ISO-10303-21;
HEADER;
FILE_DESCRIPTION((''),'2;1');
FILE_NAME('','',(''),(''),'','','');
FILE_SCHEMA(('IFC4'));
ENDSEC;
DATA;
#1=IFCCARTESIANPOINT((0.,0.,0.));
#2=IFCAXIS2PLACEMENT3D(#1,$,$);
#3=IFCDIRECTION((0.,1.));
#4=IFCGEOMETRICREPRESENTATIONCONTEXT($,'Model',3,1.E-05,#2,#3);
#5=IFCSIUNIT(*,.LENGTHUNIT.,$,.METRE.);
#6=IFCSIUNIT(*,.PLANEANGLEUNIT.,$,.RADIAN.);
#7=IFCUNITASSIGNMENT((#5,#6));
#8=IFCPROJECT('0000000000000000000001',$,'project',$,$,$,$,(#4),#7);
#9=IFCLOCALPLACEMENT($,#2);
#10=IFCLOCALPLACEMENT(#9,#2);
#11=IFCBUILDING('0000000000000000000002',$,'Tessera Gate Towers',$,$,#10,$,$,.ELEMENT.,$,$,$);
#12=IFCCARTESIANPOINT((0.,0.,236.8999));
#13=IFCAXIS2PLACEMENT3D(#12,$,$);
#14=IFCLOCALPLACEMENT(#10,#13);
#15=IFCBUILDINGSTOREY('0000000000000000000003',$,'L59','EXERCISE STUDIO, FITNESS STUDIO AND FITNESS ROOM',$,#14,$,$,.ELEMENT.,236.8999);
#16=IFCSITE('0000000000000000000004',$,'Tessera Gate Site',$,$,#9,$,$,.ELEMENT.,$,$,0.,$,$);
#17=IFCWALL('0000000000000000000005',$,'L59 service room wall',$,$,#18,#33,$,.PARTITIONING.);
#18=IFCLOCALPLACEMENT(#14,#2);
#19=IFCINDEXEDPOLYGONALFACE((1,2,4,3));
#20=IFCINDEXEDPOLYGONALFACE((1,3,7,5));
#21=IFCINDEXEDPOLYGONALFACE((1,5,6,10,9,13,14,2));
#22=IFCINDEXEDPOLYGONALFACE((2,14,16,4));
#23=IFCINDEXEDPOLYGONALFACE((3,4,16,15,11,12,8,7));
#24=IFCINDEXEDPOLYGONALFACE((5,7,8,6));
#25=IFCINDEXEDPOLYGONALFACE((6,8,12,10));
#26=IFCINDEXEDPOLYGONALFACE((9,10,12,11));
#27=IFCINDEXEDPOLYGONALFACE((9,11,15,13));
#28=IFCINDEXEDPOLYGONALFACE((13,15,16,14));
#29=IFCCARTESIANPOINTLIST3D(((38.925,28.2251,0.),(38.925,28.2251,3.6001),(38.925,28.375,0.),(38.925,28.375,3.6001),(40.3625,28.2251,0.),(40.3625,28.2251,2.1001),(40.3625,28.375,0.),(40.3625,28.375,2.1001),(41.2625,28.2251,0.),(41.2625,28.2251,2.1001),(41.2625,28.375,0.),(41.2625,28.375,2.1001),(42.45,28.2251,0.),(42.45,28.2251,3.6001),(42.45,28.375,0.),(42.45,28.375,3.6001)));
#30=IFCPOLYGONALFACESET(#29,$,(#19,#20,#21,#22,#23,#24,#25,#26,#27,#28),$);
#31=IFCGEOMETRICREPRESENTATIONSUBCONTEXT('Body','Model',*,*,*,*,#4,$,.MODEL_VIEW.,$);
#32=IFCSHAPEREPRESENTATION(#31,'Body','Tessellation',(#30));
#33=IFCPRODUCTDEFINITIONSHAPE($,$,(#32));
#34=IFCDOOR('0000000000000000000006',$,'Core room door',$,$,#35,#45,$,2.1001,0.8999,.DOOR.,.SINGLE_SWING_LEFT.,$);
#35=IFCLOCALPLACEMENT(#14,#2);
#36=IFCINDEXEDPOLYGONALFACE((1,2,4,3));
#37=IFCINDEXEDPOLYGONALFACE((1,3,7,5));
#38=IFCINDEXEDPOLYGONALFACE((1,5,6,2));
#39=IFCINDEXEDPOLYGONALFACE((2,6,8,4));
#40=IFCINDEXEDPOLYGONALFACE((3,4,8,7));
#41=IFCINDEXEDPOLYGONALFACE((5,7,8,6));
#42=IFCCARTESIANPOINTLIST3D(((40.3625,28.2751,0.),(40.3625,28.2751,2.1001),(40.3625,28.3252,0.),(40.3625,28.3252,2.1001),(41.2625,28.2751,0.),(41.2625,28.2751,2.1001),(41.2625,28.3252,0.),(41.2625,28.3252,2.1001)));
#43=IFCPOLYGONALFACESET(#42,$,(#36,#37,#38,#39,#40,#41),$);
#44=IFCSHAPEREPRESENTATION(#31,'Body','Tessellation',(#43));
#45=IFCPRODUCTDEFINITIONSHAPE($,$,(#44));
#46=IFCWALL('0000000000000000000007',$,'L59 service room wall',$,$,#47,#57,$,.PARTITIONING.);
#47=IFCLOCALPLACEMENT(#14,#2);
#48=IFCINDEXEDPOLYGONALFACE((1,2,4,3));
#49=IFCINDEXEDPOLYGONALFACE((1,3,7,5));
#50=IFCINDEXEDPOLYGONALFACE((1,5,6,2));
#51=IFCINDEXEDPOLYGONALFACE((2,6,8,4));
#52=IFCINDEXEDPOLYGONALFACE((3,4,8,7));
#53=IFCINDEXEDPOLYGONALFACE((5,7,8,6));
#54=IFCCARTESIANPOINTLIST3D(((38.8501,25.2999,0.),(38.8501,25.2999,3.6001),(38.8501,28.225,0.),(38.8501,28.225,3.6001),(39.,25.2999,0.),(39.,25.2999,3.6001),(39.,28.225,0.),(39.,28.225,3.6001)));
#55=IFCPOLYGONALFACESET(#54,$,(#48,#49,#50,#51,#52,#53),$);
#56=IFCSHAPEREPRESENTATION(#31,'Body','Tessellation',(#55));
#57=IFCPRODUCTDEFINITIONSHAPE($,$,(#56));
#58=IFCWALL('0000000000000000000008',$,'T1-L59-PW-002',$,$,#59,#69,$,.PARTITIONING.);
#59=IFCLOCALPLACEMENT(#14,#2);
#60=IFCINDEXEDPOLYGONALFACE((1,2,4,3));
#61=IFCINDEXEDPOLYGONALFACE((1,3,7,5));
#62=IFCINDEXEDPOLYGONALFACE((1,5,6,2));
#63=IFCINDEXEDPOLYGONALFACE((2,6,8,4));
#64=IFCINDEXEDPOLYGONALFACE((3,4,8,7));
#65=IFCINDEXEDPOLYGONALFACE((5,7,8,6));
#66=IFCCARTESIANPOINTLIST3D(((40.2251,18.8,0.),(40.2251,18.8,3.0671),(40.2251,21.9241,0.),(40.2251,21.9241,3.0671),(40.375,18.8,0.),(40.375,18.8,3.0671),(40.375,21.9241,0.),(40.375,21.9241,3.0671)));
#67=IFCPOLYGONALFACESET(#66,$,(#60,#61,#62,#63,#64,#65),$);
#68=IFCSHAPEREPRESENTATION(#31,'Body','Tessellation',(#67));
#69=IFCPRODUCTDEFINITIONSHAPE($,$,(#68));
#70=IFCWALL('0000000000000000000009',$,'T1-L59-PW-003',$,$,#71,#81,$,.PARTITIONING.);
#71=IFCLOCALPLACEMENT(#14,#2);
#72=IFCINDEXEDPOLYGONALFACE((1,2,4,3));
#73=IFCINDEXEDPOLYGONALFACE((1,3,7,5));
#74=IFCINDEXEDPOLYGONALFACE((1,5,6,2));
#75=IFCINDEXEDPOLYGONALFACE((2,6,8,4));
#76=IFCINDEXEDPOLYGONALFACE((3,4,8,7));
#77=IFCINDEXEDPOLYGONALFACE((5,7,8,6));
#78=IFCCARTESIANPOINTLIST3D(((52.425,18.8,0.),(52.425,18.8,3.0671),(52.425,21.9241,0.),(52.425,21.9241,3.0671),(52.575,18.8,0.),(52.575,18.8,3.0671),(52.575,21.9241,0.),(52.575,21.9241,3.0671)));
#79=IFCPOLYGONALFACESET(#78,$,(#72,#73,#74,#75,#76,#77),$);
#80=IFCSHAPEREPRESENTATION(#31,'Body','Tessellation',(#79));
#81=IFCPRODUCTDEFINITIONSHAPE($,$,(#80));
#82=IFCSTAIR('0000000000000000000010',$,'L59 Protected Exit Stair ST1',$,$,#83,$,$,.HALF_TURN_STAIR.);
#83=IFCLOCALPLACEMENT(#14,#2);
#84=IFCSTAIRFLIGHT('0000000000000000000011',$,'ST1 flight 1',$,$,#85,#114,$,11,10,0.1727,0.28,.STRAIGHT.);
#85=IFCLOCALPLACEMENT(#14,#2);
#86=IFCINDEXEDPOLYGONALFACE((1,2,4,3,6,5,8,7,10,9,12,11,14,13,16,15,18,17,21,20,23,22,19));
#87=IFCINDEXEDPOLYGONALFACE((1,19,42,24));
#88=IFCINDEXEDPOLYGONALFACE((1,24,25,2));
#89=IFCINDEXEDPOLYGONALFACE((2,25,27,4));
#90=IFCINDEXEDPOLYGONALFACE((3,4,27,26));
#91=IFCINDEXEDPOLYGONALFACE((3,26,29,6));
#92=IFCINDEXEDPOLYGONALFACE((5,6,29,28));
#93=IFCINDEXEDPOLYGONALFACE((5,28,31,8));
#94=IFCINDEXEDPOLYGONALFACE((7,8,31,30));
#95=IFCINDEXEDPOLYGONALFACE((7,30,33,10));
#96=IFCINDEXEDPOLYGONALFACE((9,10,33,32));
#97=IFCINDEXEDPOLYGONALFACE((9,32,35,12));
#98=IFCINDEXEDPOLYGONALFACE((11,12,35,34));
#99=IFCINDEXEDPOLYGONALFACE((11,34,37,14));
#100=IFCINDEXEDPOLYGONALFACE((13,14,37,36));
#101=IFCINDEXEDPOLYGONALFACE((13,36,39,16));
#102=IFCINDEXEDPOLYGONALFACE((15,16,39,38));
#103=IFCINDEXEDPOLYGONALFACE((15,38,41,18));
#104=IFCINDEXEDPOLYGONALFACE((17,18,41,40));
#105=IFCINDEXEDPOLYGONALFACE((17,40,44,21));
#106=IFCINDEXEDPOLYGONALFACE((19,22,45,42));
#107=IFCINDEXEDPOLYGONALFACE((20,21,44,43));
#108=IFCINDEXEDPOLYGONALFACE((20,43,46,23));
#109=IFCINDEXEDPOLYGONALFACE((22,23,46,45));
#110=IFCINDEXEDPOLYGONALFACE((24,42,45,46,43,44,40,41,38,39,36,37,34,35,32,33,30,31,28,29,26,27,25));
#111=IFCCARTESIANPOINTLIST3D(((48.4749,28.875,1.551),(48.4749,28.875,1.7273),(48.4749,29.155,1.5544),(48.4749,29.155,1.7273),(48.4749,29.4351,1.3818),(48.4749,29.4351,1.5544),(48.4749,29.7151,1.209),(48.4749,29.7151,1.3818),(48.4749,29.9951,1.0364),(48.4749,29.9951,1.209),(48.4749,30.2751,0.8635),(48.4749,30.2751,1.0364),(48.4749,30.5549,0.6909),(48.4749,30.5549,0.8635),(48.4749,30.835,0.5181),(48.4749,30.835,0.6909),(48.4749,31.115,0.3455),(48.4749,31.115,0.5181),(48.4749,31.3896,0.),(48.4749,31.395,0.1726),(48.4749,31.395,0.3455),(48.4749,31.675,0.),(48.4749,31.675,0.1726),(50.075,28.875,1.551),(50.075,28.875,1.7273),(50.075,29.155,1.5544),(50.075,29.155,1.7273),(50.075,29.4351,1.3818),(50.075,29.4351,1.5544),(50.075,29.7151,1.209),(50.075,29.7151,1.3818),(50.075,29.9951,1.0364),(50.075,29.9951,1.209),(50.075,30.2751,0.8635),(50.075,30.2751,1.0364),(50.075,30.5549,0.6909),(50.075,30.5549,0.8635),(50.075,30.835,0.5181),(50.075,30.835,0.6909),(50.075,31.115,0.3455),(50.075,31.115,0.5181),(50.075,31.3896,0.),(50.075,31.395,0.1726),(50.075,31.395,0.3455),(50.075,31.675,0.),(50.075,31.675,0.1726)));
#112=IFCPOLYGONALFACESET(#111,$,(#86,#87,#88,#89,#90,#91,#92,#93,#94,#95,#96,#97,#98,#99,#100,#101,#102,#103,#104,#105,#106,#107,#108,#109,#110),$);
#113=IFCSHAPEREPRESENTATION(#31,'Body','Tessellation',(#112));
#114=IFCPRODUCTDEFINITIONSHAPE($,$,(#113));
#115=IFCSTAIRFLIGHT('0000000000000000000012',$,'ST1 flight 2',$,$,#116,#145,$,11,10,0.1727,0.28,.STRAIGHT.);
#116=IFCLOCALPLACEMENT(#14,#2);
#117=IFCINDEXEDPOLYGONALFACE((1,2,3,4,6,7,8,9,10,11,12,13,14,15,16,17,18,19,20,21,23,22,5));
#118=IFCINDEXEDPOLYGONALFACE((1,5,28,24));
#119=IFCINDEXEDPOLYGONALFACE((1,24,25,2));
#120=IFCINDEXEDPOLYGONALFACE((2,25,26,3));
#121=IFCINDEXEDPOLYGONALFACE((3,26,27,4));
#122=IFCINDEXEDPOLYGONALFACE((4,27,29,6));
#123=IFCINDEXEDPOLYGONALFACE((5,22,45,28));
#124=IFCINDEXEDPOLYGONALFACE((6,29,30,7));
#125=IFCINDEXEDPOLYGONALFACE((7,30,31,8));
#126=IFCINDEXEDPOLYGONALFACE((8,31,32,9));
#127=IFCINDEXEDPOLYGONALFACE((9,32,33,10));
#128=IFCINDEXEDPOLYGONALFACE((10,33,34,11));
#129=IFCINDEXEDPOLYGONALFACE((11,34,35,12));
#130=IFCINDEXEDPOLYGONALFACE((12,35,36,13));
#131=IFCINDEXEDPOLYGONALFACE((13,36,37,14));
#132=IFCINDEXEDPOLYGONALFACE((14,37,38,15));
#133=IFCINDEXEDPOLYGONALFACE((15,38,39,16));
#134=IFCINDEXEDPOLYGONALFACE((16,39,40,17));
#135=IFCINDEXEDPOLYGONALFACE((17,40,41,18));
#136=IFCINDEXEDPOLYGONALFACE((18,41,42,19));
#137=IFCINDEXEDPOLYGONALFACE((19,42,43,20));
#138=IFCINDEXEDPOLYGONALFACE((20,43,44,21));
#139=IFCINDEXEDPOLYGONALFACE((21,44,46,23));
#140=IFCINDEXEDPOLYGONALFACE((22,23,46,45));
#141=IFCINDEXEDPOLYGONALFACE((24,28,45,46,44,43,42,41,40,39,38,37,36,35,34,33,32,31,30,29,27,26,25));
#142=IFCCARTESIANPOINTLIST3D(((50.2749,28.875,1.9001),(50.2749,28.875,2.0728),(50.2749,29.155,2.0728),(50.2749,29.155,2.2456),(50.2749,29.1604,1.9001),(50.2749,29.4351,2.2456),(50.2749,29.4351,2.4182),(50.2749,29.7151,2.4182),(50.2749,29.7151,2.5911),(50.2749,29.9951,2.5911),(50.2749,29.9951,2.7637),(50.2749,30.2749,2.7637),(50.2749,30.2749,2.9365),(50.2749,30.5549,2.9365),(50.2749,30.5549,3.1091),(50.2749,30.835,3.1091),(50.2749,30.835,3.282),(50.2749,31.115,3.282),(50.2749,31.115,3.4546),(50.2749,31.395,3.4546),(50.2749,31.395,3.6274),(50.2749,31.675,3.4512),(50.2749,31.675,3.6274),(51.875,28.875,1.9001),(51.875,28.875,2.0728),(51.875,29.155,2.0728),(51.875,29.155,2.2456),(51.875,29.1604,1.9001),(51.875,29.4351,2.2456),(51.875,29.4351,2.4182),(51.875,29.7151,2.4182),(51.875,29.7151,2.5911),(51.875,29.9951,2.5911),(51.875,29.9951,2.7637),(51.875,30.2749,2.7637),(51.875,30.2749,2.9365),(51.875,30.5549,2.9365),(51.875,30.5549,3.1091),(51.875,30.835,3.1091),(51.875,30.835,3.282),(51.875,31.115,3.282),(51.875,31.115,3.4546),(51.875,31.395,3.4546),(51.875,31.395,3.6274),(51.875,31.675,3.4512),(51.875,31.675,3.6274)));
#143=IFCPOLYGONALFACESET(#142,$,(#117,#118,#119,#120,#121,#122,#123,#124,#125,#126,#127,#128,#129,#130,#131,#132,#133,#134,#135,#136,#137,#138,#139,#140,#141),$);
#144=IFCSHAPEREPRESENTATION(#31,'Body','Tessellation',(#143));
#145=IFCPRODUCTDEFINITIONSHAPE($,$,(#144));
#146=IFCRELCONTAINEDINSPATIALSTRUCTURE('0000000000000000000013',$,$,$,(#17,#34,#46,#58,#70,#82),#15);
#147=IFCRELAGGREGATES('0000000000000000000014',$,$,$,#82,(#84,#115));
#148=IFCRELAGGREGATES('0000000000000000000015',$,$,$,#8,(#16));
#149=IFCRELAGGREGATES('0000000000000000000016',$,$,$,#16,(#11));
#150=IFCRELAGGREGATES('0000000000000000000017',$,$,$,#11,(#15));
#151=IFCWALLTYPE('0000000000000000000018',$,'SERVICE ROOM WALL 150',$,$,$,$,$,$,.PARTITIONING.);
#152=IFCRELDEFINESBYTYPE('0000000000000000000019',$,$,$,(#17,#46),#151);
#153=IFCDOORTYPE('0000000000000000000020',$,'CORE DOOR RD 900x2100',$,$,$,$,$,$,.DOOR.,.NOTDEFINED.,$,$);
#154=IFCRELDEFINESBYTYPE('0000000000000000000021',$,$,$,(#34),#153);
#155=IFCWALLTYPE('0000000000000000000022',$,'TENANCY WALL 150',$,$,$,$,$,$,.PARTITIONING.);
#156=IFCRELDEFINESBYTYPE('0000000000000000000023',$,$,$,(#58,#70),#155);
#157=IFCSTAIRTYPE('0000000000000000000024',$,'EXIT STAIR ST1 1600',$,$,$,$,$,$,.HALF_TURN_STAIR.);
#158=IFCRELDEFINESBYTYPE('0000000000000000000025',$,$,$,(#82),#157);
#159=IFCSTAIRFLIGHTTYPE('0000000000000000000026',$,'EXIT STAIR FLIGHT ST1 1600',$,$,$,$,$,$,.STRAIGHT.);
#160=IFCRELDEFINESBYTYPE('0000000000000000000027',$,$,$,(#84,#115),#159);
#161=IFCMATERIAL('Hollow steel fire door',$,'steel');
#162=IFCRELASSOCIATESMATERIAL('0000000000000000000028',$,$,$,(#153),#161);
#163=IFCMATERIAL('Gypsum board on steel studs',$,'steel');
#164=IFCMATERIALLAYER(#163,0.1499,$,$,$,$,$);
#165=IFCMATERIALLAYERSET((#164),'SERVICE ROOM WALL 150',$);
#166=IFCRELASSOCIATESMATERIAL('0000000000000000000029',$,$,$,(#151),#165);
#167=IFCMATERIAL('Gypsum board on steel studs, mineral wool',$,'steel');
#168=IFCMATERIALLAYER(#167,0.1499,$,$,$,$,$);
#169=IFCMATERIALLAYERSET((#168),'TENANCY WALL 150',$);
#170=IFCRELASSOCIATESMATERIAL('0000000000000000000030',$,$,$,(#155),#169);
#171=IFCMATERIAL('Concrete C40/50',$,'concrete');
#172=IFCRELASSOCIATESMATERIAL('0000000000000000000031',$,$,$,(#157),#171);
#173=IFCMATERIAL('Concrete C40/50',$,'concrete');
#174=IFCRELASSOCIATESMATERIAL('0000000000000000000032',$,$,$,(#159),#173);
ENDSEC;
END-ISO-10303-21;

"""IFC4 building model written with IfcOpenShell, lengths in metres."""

from ifc_helpers import new_model, si_unit, direction, frame, frame_2d, origin, place, context, subcontext, project, spatial, polyline, rectangle, outline, extrude, source, transform, mapped, material, layer, layer_set, type_object, element, fill, aggregate, save


model = new_model("IFC4")

# Units and contexts
model_context = context("Model", 3, precision=1e-05, world=origin(), true_north=direction((0.0, 1.0)))
body_context = subcontext(model_context, "Body", "Model", "MODEL_VIEW")
ifc_project = project(units=[si_unit("LENGTHUNIT", "METRE"), si_unit("PLANEANGLEUNIT", "RADIAN")], contexts=[model_context])

# Site, building, storey
site_placement = place(None, origin())
site = spatial("IfcSite", under=ifc_project, at=site_placement, Name="Tessera Gate Site", CompositionType="ELEMENT", RefElevation=0.0)
building_placement = place(site_placement, origin())
building = spatial("IfcBuilding", under=site, at=building_placement, Name="Tessera Gate Towers", CompositionType="ELEMENT")
storey_placement = place(building_placement, frame((0.0, 0.0, 236.8999)))
storey = spatial("IfcBuildingStorey", under=building, at=storey_placement, Name="L59", Description="EXERCISE STUDIO, FITNESS STUDIO AND FITNESS ROOM", CompositionType="ELEMENT", Elevation=236.8999)

# Shared definitions
ifc_material_1 = material(Name="Hollow steel fire door", Category="steel")
door_type_1 = type_object("IfcDoorType", Name="CORE DOOR RD 900x2100", OperationType="NOTDEFINED", PredefinedType="DOOR", material=ifc_material_1)
shared_shape_1 = source(origin(), body_context, "Body", "SweptSolid", [
    extrude(rectangle(XDim=0.8999, YDim=2.1001, at=frame_2d((0.45, 1.05))), frame((0.0, 0.0249, 0.0), z_axis=(0.0, -1.0, 0.0), x_axis=(1.0, 0.0, 0.0)), (0.0, 0.0, 1.0), 0.05),
])

# Wall, opening, door
ifc_material_2 = material(Name="Gypsum board on steel studs", Category="steel")
ifc_layer_1 = layer(ifc_material_2, 0.1499)
ifc_layer_set_1 = layer_set([ifc_layer_1], Name="SERVICE ROOM WALL 150")
wall_type_1 = type_object("IfcWallType", Name="SERVICE ROOM WALL 150", PredefinedType="PARTITIONING", material=ifc_layer_set_1)
wall_1_placement = place(storey_placement, frame((42.45, 28.3, 0.0), z_axis=(0.0, 0.0, 1.0), x_axis=(-1.0, 0.0, 0.0)))
wall_1 = element("IfcWall", 1, at=wall_1_placement, inside=storey, type_object=wall_type_1, Name="L59 service room wall", PredefinedType="PARTITIONING", context=body_context, shape_type="SweptSolid", body=[
    extrude(rectangle(XDim=3.5249, YDim=0.1499, at=frame_2d((1.7625, 0.0))), origin(), (0.0, 0.0, 1.0), 3.6001),
])
shared_shape_2 = source(origin(), body_context, "Body", "SweptSolid", [
    extrude(rectangle(XDim=0.8999, YDim=2.1001, at=frame_2d((0.45, 1.05))), frame((0.0, 0.085, 0.0), z_axis=(0.0, -1.0, 0.0), x_axis=(1.0, 0.0, 0.0)), (0.0, 0.0, 1.0), 0.1699),
])
opening_1_placement = place(wall_1_placement, frame((1.1875, 0.0, 0.0)))
opening_1 = element("IfcOpeningElement", 2, at=opening_1_placement, cuts=wall_1, PredefinedType="OPENING", context=body_context, shape_type="MappedRepresentation", body=[
    mapped(shared_shape_2, transform((0.0, 0.0, 0.0), scale=1.0)),
])
door_1_placement = place(opening_1_placement, origin())
door_1 = element("IfcDoor", 3, at=door_1_placement, inside=storey, type_object=door_type_1, Name="Core room door", OperationType="SINGLE_SWING_LEFT", OverallHeight=2.1001, OverallWidth=0.8999, PredefinedType="DOOR", context=body_context, shape_type="MappedRepresentation", body=[
    mapped(shared_shape_1, transform((0.0, 0.0, 0.0), scale=1.0)),
])
fill(opening_1, door_1)

# Walls
wall_2_placement = place(storey_placement, frame((38.925, 25.3, 0.0), z_axis=(0.0, 0.0, 1.0), x_axis=(0.0, 1.0, 0.0)))
element("IfcWall", 4, at=wall_2_placement, inside=storey, type_object=wall_type_1, Name="L59 service room wall", PredefinedType="PARTITIONING", context=body_context, shape_type="SweptSolid", body=[
    extrude(rectangle(XDim=2.925, YDim=0.1499, at=frame_2d((1.4624, 0.0))), origin(), (0.0, 0.0, 1.0), 3.6001),
])
ifc_material_3 = material(Name="Gypsum board on steel studs, mineral wool", Category="steel")
ifc_layer_2 = layer(ifc_material_3, 0.1499)
ifc_layer_set_2 = layer_set([ifc_layer_2], Name="TENANCY WALL 150")
wall_type_2 = type_object("IfcWallType", Name="TENANCY WALL 150", PredefinedType="PARTITIONING", material=ifc_layer_set_2)
for number, where, z_axis, x_axis, name in (
    (5, (40.3, 18.8, 0.0), (0.0, 0.0, 1.0), (0.0, 1.0, 0.0), "T1-L59-PW-002"),
    (6, (52.5, 18.8, 0.0), (0.0, 0.0, 1.0), (0.0, 1.0, 0.0), "T1-L59-PW-003"),
):
    element("IfcWall", number, at=place(storey_placement, frame(where, z_axis=z_axis, x_axis=x_axis)), inside=storey, type_object=wall_type_2, Name=name, PredefinedType="PARTITIONING", context=body_context, shape_type="SweptSolid", body=[
        extrude(rectangle(XDim=3.124, YDim=0.1499, at=frame_2d((1.562, 0.0))), origin(), (0.0, 0.0, 1.0), 3.0671),
    ])

# Stair, stair flights
ifc_material_4 = material(Name="Concrete C40/50", Category="concrete")
stair_type = type_object("IfcStairType", Name="EXIT STAIR ST1 1600", PredefinedType="HALF_TURN_STAIR", material=ifc_material_4)
stair_placement = place(storey_placement, origin())
stair = element("IfcStair", 7, at=stair_placement, inside=storey, type_object=stair_type, Name="L59 Protected Exit Stair ST1", PredefinedType="HALF_TURN_STAIR")
ifc_material_5 = material(Name="Concrete C40/50", Category="concrete")
stair_flight_type = type_object("IfcStairFlightType", Name="EXIT STAIR FLIGHT ST1 1600", PredefinedType="STRAIGHT", material=ifc_material_5)
stair_flight_1_placement = place(storey_placement, frame((49.2749, 31.675, 0.0), z_axis=(0.0, 0.0, 1.0), x_axis=(0.0, -1.0, 0.0)))
stair_flight_1 = element("IfcStairFlight", 8, at=stair_flight_1_placement, type_object=stair_flight_type, Name="ST1 flight 1", NumberOfRisers=11, NumberOfTreads=10, PredefinedType="STRAIGHT", RiserHeight=0.1727, TreadLength=0.28, context=body_context, shape_type="SweptSolid", body=[
    extrude(outline(polyline([(0.0, 0.0), (0.0, 0.1726), (0.28, 0.1726), (0.28, 0.3455), (0.5601, 0.3455), (0.5601, 0.5181), (0.8401, 0.5181), (0.8401, 0.6909), (1.1201, 0.6909), (1.1201, 0.8635), (1.3999, 0.8635), (1.3999, 1.0364), (1.6799, 1.0364), (1.6799, 1.209), (1.96, 1.209), (1.96, 1.3818), (2.24, 1.3818), (2.24, 1.5544), (2.52, 1.5544), (2.52, 1.7273), (2.8, 1.7273), (2.8, 1.8999), (2.8, 1.551), (0.2854, 0.0), (0.0, 0.0)])), frame((0.0, 0.8, 0.0), z_axis=(0.0, -1.0, 0.0), x_axis=(1.0, 0.0, 0.0)), (0.0, 0.0, 1.0), 1.6001),
])
stair_flight_2_placement = place(storey_placement, frame((51.075, 28.875, 1.9001), z_axis=(0.0, 0.0, 1.0), x_axis=(0.0, 1.0, 0.0)))
stair_flight_2 = element("IfcStairFlight", 9, at=stair_flight_2_placement, type_object=stair_flight_type, Name="ST1 flight 2", NumberOfRisers=11, NumberOfTreads=10, PredefinedType="STRAIGHT", RiserHeight=0.1727, TreadLength=0.28, context=body_context, shape_type="SweptSolid", body=[
    extrude(outline(polyline([(0.0, 0.0), (0.0, 0.1726), (0.28, 0.1726), (0.28, 0.3455), (0.5601, 0.3455), (0.5601, 0.5181), (0.8401, 0.5181), (0.8401, 0.6909), (1.1201, 0.6909), (1.1201, 0.8635), (1.3999, 0.8635), (1.3999, 1.0364), (1.6799, 1.0364), (1.6799, 1.209), (1.96, 1.209), (1.96, 1.3818), (2.24, 1.3818), (2.24, 1.5544), (2.52, 1.5544), (2.52, 1.7273), (2.8, 1.7273), (2.8, 1.8999), (2.8, 1.551), (0.2854, 0.0), (0.0, 0.0)])), frame((0.0, 0.8, 0.0), z_axis=(0.0, -1.0, 0.0), x_axis=(1.0, 0.0, 0.0)), (0.0, 0.0, 1.0), 1.6001),
])
aggregate(stair, [stair_flight_1, stair_flight_2])

save(model, "model.ifc")
